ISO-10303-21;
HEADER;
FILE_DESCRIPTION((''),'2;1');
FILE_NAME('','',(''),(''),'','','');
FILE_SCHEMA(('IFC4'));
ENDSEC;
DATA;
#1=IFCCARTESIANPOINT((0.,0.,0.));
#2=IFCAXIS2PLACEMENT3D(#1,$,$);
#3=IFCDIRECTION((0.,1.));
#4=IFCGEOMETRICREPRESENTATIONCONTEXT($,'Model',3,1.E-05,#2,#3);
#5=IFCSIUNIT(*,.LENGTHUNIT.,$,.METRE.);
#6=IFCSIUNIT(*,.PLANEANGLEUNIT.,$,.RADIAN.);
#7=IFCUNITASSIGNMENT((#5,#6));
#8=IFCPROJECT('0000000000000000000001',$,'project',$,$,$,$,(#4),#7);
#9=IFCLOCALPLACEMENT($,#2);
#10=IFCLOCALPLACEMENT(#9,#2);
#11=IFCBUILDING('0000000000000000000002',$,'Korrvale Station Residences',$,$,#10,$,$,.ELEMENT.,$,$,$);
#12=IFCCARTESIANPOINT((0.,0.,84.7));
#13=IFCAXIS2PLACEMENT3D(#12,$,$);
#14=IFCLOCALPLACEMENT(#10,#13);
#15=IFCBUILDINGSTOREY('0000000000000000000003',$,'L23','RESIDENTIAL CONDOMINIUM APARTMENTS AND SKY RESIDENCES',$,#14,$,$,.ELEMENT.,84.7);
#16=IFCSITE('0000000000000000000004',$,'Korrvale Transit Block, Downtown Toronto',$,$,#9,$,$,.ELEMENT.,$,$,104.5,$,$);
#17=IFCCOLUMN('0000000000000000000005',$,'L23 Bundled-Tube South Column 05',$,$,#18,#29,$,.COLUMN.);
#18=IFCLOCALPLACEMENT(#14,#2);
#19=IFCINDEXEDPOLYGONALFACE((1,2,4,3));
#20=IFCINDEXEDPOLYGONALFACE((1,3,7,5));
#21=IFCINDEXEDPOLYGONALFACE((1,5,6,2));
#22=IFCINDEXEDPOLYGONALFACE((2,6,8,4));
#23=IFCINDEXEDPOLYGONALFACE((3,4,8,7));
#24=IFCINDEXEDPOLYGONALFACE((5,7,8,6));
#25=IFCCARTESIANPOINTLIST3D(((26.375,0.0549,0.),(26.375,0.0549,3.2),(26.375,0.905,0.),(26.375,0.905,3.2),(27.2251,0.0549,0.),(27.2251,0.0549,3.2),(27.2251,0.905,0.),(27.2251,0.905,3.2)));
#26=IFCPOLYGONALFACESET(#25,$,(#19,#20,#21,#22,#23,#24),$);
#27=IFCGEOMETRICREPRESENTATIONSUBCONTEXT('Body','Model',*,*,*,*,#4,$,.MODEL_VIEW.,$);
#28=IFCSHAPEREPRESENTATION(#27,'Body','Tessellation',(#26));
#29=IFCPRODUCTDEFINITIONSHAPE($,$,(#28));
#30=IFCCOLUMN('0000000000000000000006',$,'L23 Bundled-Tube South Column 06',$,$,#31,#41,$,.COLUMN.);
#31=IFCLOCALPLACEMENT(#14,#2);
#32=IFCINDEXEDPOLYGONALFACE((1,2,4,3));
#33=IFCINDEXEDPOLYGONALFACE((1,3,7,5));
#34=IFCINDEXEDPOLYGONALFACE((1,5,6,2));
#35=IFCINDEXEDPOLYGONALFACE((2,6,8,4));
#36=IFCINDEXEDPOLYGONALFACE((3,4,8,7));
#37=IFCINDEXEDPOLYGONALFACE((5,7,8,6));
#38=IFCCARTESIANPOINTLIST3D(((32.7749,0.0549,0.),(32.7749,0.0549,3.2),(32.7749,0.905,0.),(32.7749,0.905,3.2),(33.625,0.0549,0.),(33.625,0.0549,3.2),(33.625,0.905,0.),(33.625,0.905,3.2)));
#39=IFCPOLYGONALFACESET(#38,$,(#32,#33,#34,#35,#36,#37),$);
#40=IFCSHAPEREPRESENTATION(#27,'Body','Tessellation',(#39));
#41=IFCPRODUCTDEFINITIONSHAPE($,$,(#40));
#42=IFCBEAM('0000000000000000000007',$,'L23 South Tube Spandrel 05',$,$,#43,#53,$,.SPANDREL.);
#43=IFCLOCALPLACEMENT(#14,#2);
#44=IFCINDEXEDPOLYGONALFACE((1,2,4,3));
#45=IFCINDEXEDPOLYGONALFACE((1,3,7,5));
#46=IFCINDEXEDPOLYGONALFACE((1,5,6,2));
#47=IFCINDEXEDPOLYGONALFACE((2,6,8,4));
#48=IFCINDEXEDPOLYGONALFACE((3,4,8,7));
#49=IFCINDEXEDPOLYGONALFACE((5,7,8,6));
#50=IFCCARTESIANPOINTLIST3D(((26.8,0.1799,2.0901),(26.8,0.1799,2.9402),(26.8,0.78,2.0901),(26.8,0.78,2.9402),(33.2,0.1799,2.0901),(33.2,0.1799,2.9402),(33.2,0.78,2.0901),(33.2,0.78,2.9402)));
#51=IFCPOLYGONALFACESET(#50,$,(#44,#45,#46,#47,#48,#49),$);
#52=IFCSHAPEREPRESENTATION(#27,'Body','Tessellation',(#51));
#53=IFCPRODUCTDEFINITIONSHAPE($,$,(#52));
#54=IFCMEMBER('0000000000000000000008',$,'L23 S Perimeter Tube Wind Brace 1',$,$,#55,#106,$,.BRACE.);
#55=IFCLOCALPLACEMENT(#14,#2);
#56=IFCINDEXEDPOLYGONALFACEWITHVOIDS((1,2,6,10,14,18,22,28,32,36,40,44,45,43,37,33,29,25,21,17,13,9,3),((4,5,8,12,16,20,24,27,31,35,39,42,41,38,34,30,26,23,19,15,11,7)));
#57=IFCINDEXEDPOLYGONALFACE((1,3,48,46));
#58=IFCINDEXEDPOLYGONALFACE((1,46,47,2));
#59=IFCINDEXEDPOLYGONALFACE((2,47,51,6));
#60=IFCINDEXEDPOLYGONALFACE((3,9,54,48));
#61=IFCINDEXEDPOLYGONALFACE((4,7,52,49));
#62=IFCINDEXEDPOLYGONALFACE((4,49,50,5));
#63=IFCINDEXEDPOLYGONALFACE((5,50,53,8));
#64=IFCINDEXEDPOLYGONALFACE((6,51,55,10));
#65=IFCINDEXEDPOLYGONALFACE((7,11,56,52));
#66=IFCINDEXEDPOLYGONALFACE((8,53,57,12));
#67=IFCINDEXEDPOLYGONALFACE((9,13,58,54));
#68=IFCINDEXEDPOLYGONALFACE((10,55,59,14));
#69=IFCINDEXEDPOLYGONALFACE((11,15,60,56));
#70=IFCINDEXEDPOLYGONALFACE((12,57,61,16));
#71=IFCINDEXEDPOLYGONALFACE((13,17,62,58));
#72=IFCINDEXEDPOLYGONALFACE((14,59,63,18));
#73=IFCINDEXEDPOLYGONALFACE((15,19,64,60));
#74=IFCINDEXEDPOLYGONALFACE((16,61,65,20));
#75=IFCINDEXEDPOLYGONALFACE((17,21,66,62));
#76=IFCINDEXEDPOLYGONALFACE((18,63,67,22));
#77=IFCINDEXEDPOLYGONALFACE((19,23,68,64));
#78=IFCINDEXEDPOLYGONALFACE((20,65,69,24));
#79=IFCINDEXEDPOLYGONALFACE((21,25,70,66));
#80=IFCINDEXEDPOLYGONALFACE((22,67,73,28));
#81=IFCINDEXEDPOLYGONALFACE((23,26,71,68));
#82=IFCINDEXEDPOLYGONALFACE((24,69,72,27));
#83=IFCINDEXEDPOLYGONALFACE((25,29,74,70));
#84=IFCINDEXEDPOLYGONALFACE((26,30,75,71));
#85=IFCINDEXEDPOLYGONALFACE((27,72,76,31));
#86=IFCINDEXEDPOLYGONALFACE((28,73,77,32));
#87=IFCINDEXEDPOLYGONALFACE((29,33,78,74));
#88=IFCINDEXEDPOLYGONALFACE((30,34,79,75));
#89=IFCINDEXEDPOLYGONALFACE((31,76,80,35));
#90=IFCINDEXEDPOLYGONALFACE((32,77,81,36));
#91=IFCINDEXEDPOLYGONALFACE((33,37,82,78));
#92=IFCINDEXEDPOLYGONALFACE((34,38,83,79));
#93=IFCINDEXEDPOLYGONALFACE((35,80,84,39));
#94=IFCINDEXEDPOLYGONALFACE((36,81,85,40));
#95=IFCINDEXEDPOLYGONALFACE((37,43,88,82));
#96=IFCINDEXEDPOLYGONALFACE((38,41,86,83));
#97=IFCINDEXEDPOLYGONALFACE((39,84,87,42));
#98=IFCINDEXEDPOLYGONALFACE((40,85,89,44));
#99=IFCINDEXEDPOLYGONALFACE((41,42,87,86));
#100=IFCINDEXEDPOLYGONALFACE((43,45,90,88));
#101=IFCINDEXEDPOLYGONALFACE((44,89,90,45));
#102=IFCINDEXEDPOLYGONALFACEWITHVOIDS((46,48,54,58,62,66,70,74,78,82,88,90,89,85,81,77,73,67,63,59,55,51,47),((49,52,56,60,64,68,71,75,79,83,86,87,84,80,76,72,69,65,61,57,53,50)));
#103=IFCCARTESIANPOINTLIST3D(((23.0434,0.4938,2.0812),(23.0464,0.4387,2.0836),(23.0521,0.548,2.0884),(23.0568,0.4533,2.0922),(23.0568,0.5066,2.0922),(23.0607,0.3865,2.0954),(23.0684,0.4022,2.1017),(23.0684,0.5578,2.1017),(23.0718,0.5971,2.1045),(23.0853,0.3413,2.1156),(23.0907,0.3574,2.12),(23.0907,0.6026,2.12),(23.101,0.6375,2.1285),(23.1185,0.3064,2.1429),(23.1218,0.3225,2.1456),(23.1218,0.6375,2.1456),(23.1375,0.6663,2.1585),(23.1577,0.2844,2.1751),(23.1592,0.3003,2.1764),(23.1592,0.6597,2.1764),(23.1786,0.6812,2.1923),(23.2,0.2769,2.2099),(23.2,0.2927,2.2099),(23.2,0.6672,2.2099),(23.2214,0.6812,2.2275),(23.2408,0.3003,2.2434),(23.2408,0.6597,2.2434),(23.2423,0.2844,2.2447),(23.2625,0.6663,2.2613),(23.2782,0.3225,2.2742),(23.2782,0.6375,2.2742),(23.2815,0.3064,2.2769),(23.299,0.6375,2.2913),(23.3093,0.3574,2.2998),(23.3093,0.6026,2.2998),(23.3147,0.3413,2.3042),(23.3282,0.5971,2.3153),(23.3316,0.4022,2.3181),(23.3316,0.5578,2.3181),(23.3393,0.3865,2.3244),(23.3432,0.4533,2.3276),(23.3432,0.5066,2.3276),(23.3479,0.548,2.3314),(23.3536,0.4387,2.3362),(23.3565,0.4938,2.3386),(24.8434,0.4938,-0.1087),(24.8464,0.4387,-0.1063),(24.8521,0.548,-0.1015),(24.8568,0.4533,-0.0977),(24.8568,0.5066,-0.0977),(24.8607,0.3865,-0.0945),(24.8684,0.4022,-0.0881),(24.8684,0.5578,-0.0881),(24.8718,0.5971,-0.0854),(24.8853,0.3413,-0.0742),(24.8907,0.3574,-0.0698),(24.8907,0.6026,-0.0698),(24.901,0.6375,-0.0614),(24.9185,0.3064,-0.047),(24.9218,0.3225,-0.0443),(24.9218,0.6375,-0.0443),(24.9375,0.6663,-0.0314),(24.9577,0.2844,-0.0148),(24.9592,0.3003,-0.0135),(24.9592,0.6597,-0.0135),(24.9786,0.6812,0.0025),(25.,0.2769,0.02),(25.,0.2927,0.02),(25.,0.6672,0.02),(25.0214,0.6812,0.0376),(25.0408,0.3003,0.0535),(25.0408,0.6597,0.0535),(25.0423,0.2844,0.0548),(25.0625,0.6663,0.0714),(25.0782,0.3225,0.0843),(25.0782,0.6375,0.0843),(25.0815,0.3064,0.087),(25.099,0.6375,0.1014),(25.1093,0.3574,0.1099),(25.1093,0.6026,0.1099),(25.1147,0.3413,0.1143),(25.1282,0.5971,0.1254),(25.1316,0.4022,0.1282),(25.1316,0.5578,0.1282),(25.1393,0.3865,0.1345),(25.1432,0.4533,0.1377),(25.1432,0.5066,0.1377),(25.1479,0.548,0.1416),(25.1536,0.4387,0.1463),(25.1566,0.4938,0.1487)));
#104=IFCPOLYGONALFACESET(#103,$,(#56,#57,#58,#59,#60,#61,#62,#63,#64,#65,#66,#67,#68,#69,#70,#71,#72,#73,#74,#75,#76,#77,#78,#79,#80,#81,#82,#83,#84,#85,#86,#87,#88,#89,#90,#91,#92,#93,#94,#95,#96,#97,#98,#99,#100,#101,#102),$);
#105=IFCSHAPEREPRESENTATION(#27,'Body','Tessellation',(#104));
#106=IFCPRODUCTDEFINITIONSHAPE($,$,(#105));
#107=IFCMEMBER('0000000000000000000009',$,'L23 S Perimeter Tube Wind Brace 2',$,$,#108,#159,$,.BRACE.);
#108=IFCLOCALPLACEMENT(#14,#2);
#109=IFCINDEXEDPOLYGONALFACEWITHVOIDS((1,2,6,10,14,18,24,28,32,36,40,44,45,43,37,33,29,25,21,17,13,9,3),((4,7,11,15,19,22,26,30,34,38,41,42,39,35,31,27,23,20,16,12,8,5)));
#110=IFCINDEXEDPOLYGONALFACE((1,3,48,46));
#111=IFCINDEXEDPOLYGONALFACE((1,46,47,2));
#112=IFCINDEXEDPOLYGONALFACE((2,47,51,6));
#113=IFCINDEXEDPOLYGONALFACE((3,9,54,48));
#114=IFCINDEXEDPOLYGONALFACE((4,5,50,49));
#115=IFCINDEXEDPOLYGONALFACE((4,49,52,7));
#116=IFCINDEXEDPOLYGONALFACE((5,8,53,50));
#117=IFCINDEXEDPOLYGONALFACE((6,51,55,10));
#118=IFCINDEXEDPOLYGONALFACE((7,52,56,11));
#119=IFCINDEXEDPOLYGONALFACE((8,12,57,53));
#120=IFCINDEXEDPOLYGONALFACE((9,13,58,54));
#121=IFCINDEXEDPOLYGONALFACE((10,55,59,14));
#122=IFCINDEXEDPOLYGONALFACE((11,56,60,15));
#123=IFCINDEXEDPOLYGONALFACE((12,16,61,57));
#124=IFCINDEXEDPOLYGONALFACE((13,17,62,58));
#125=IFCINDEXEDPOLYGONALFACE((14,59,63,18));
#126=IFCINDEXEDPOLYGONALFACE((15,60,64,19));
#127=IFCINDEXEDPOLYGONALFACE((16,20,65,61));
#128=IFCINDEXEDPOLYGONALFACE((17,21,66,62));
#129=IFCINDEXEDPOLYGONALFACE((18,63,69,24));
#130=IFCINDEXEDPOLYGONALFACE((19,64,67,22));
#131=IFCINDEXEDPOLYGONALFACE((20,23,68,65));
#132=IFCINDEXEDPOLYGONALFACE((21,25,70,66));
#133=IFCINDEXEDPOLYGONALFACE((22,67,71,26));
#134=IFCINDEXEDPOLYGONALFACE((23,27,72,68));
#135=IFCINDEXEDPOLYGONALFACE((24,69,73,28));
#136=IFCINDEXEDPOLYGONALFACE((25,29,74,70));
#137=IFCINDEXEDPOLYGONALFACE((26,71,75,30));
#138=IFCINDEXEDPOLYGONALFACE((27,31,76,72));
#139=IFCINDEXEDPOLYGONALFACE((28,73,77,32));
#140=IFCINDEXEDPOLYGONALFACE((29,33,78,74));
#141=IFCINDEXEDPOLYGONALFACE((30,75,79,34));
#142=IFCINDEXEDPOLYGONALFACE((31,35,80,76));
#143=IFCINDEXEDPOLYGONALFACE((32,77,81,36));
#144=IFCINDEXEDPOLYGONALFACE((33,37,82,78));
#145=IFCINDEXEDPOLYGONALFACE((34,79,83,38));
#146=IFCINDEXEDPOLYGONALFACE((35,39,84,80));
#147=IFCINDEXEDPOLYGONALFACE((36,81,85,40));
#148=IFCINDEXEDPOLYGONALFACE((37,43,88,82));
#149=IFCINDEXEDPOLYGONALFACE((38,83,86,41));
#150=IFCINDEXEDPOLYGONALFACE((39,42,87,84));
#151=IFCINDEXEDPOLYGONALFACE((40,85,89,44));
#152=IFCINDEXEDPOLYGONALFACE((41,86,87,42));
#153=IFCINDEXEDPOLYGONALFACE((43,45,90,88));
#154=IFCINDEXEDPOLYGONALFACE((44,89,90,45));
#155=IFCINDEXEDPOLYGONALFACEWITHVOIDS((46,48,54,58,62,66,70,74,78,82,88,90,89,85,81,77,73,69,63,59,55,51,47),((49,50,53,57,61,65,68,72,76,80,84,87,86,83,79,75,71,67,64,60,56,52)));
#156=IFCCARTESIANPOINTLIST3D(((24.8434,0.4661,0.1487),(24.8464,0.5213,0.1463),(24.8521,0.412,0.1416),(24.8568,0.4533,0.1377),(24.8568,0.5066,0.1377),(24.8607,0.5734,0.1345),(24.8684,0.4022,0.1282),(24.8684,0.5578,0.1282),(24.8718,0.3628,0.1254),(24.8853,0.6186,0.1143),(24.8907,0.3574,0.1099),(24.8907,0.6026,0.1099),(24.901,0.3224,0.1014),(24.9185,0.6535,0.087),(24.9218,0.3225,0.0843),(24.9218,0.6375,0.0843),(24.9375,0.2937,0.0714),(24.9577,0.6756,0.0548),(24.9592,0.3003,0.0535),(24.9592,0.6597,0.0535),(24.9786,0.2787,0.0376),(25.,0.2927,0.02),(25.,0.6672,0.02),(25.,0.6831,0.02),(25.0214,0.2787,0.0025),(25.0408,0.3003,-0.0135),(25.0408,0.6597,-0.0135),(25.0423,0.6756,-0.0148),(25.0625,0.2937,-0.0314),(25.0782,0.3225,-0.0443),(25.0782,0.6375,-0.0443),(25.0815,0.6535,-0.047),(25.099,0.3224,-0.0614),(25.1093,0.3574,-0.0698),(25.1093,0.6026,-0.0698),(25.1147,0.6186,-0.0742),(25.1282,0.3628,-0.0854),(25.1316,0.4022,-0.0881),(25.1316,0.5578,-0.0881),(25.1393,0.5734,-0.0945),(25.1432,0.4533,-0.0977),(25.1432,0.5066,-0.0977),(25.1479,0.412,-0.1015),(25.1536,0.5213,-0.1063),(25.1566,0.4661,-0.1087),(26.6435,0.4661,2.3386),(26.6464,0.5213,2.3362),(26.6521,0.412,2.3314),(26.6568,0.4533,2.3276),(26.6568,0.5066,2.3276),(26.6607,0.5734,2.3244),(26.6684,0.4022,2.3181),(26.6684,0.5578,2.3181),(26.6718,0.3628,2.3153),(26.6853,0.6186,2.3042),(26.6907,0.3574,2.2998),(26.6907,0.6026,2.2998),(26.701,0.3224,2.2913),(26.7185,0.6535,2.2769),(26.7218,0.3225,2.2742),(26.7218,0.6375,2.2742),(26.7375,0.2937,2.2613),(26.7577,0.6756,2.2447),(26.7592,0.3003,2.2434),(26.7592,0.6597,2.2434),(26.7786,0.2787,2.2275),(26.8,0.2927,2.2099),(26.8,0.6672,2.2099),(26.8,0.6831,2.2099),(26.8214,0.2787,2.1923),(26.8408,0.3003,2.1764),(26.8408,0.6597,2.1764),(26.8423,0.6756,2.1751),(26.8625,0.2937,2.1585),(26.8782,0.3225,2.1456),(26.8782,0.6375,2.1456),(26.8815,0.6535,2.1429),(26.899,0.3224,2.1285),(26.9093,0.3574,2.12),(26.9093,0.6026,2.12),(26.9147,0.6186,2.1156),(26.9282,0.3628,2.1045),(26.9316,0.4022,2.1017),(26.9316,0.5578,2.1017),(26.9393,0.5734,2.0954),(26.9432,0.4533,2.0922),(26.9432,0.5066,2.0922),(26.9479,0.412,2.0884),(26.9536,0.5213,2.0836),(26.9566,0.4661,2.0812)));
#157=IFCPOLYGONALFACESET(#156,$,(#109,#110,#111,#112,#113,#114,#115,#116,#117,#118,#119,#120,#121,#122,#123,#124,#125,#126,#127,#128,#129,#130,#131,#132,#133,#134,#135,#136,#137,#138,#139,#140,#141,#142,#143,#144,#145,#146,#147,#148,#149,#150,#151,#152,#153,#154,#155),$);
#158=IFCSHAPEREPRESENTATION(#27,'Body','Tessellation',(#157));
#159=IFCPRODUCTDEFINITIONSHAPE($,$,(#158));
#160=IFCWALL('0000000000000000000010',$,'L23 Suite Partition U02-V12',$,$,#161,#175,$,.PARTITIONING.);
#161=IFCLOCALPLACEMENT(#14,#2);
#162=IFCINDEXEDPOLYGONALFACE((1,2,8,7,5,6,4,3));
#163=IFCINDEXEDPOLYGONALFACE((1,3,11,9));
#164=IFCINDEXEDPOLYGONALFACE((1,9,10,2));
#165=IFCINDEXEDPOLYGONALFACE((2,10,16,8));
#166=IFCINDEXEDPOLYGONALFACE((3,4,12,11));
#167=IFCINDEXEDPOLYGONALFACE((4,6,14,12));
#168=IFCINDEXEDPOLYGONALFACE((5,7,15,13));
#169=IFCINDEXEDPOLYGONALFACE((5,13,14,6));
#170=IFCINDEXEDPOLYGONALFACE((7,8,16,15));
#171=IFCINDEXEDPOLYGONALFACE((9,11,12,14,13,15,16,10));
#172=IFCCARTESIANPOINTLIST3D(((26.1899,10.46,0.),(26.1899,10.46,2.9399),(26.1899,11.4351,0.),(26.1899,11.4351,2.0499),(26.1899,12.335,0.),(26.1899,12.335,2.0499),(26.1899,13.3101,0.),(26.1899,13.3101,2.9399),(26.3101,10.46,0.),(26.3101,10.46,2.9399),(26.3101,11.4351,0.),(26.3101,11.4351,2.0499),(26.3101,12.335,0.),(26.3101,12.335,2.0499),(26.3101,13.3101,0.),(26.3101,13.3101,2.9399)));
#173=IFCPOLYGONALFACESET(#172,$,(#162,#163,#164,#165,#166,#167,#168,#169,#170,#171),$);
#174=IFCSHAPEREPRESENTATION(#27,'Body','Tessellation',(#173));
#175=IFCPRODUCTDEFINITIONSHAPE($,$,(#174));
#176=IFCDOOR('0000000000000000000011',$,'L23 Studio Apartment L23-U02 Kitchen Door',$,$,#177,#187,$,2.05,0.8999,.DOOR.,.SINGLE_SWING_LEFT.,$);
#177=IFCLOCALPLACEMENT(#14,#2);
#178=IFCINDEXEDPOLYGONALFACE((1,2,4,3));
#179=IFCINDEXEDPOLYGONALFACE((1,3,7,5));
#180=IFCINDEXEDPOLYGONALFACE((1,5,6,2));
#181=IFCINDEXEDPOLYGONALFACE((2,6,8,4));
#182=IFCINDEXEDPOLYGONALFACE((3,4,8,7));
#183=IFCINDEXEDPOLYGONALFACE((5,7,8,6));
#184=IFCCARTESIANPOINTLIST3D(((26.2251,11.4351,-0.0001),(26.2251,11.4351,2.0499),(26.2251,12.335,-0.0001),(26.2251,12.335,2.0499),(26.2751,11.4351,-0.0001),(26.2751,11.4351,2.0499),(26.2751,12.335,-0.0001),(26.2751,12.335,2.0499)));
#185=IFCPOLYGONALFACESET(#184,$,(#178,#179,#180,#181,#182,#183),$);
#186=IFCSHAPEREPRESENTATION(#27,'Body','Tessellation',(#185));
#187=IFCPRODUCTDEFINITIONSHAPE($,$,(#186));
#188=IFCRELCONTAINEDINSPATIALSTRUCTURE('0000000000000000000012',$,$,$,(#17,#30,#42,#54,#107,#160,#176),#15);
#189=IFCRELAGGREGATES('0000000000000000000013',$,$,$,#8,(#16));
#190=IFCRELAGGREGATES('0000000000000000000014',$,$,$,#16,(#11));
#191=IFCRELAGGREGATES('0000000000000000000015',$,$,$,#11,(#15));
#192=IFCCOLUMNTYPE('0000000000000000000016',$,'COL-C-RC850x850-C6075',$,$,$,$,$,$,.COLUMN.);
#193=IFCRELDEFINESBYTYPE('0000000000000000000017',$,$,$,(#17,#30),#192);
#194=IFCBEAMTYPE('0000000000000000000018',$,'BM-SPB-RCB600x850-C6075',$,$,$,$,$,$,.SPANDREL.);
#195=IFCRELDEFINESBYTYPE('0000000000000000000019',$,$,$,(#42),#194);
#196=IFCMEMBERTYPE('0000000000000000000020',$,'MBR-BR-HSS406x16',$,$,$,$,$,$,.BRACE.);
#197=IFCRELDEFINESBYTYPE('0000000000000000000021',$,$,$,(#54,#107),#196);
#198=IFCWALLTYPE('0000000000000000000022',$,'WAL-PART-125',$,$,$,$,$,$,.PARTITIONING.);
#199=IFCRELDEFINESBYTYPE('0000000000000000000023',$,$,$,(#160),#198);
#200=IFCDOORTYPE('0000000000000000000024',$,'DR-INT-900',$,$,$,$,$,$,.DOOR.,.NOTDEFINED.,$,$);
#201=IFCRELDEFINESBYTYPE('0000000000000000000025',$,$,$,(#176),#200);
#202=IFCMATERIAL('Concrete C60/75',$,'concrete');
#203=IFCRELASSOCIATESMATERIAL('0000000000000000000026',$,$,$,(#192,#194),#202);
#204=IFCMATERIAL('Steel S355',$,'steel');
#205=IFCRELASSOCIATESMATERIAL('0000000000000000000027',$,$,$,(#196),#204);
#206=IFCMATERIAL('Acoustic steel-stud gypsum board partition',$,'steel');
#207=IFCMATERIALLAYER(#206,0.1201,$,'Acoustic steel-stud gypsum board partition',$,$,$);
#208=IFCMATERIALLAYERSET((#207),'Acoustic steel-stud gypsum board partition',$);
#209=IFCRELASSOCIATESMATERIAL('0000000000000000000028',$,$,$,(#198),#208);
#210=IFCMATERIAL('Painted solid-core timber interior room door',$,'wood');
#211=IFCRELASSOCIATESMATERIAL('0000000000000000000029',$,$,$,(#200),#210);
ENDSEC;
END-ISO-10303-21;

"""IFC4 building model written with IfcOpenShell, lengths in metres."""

from ifc_helpers import new_model, si_unit, direction, frame, frame_2d, origin, origin_2d, place, context, subcontext, project, spatial, rectangle, hollow_circle, extrude, material, layer, layer_set, material_profile, profile_set, type_object, element, fill, save


model = new_model("IFC4")

# Units and contexts
model_context = context("Model", 3, precision=1e-05, world=origin(), true_north=direction((0.0, 1.0)))
body_context = subcontext(model_context, "Body", "Model", "MODEL_VIEW")
ifc_project = project(units=[si_unit("LENGTHUNIT", "METRE"), si_unit("PLANEANGLEUNIT", "RADIAN")], contexts=[model_context])

# Site, building, storey
site_placement = place(None, origin())
site = spatial("IfcSite", under=ifc_project, at=site_placement, Name="Korrvale Transit Block, Downtown Toronto", CompositionType="ELEMENT", RefElevation=104.5)
building_placement = place(site_placement, origin())
building = spatial("IfcBuilding", under=site, at=building_placement, Name="Korrvale Station Residences", CompositionType="ELEMENT")
storey_placement = place(building_placement, frame((0.0, 0.0, 84.7)))
storey = spatial("IfcBuildingStorey", under=building, at=storey_placement, Name="L23", Description="RESIDENTIAL CONDOMINIUM APARTMENTS AND SKY RESIDENCES", CompositionType="ELEMENT", Elevation=84.7)

# Columns
ifc_material_1 = material(Name="Concrete C60/75", Category="concrete")
ifc_material_profile_1 = material_profile(ifc_material_1, rectangle(XDim=0.8501, YDim=0.8501, at=origin_2d()), Name="RC850x850")
ifc_profile_set_1 = profile_set([ifc_material_profile_1], Name="Concrete C60/75")
column_type = type_object("IfcColumnType", Name="COL-C-RC850x850-C6075", PredefinedType="COLUMN", material=ifc_profile_set_1)
for number, where, z_axis, x_axis, name in (
    (1, (26.8, 0.48, 0.0), (0.0, 0.0, 1.0), (1.0, 0.0, 0.0), "L23 Bundled-Tube South Column 05"),
    (2, (33.2, 0.48, 0.0), (0.0, 0.0, 1.0), (1.0, 0.0, 0.0), "L23 Bundled-Tube South Column 06"),
):
    element("IfcColumn", number, at=place(storey_placement, frame(where, z_axis=z_axis, x_axis=x_axis)), inside=storey, type_object=column_type, Name=name, PredefinedType="COLUMN", context=body_context, shape_type="SweptSolid", body=[
        extrude(rectangle(XDim=0.8501, YDim=0.8501, at=origin_2d()), origin(), (0.0, 0.0, 1.0), 3.2),
    ])

# Beam
ifc_material_profile_2 = material_profile(ifc_material_1, rectangle(XDim=0.6001, YDim=0.8501, at=origin_2d()), Name="RCB600x850")
ifc_profile_set_2 = profile_set([ifc_material_profile_2], Name="Concrete C60/75")
beam_type = type_object("IfcBeamType", Name="BM-SPB-RCB600x850-C6075", PredefinedType="SPANDREL", material=ifc_profile_set_2)
beam_placement = place(storey_placement, frame((26.8, 0.48, 2.5151), z_axis=(1.0, 0.0, 0.0), x_axis=(0.0, 1.0, 0.0)))
element("IfcBeam", 3, at=beam_placement, inside=storey, type_object=beam_type, Name="L23 South Tube Spandrel 05", PredefinedType="SPANDREL", context=body_context, shape_type="SweptSolid", body=[
    extrude(rectangle(XDim=0.6001, YDim=0.8501, at=origin_2d()), origin(), (0.0, 0.0, 1.0), 6.3999),
])

# Members
ifc_material_2 = material(Name="Steel S355", Category="steel")
ifc_material_profile_3 = material_profile(ifc_material_2, hollow_circle(Radius=0.2031, WallThickness=0.0159, at=origin_2d()), Name="HSS406x16")
ifc_profile_set_3 = profile_set([ifc_material_profile_3], Name="Steel S355")
member_type = type_object("IfcMemberType", Name="MBR-BR-HSS406x16", PredefinedType="BRACE", material=ifc_profile_set_3)
for number, where, z_axis, x_axis, name in (
    (4, (25.0, 0.48, 0.02), (-0.634985, 0.0, 0.772524), (0.0, -1.0, 0.0), "L23 S Perimeter Tube Wind Brace 1"),
    (5, (25.0, 0.48, 0.02), (0.634985, 0.0, 0.772524), (0.0, 1.0, 0.0), "L23 S Perimeter Tube Wind Brace 2"),
):
    element("IfcMember", number, at=place(storey_placement, frame(where, z_axis=z_axis, x_axis=x_axis)), inside=storey, type_object=member_type, Name=name, PredefinedType="BRACE", context=body_context, shape_type="SweptSolid", body=[
        extrude(hollow_circle(Radius=0.2031, WallThickness=0.0159, at=origin_2d()), origin(), (0.0, 0.0, 1.0), 2.8347),
    ])

# Wall, opening, door
ifc_material_3 = material(Name="Acoustic steel-stud gypsum board partition", Category="steel")
ifc_layer_1 = layer(ifc_material_3, 0.1201, Name="Acoustic steel-stud gypsum board partition")
ifc_layer_set_1 = layer_set([ifc_layer_1], Name="Acoustic steel-stud gypsum board partition")
wall_type = type_object("IfcWallType", Name="WAL-PART-125", PredefinedType="PARTITIONING", material=ifc_layer_set_1)
wall_1_placement = place(storey_placement, frame((26.25, 10.46, 0.0), z_axis=(0.0, 0.0, 1.0), x_axis=(0.0, 1.0, 0.0)))
wall_1 = element("IfcWall", 6, at=wall_1_placement, inside=storey, type_object=wall_type, Name="L23 Suite Partition U02-V12", PredefinedType="PARTITIONING", context=body_context, shape_type="SweptSolid", body=[
    extrude(rectangle(XDim=2.8501, YDim=0.1201, at=frame_2d((1.425, 0.0))), origin(), (0.0, 0.0, 1.0), 2.9399),
])
opening_1_placement = place(wall_1_placement, frame((0.9751, 0.0, 0.0)))
opening_1 = element("IfcOpeningElement", 7, at=opening_1_placement, cuts=wall_1, PredefinedType="OPENING", context=body_context, shape_type="SweptSolid", body=[
    extrude(rectangle(XDim=0.8999, YDim=2.05, at=frame_2d((0.45, 1.0249))), frame((0.0, 0.0701, 0.0), z_axis=(0.0, -1.0, 0.0), x_axis=(1.0, 0.0, 0.0)), (0.0, 0.0, 1.0), 0.1401),
])
ifc_material_4 = material(Name="Painted solid-core timber interior room door", Category="wood")
door_type = type_object("IfcDoorType", Name="DR-INT-900", OperationType="NOTDEFINED", PredefinedType="DOOR", material=ifc_material_4)
door_1_placement = place(opening_1_placement, origin())
door_1 = element("IfcDoor", 8, at=door_1_placement, inside=storey, type_object=door_type, Name="L23 Studio Apartment L23-U02 Kitchen Door", OperationType="SINGLE_SWING_LEFT", OverallHeight=2.05, OverallWidth=0.8999, PredefinedType="DOOR", context=body_context, shape_type="SweptSolid", body=[
    extrude(rectangle(XDim=0.8999, YDim=2.05, at=frame_2d((0.45, 1.0249))), frame((0.0, 0.0249, 0.0), z_axis=(0.0, -1.0, 0.0), x_axis=(1.0, 0.0, 0.0)), (0.0, 0.0, 1.0), 0.05),
])
fill(opening_1, door_1)

save(model, "model.ifc")
